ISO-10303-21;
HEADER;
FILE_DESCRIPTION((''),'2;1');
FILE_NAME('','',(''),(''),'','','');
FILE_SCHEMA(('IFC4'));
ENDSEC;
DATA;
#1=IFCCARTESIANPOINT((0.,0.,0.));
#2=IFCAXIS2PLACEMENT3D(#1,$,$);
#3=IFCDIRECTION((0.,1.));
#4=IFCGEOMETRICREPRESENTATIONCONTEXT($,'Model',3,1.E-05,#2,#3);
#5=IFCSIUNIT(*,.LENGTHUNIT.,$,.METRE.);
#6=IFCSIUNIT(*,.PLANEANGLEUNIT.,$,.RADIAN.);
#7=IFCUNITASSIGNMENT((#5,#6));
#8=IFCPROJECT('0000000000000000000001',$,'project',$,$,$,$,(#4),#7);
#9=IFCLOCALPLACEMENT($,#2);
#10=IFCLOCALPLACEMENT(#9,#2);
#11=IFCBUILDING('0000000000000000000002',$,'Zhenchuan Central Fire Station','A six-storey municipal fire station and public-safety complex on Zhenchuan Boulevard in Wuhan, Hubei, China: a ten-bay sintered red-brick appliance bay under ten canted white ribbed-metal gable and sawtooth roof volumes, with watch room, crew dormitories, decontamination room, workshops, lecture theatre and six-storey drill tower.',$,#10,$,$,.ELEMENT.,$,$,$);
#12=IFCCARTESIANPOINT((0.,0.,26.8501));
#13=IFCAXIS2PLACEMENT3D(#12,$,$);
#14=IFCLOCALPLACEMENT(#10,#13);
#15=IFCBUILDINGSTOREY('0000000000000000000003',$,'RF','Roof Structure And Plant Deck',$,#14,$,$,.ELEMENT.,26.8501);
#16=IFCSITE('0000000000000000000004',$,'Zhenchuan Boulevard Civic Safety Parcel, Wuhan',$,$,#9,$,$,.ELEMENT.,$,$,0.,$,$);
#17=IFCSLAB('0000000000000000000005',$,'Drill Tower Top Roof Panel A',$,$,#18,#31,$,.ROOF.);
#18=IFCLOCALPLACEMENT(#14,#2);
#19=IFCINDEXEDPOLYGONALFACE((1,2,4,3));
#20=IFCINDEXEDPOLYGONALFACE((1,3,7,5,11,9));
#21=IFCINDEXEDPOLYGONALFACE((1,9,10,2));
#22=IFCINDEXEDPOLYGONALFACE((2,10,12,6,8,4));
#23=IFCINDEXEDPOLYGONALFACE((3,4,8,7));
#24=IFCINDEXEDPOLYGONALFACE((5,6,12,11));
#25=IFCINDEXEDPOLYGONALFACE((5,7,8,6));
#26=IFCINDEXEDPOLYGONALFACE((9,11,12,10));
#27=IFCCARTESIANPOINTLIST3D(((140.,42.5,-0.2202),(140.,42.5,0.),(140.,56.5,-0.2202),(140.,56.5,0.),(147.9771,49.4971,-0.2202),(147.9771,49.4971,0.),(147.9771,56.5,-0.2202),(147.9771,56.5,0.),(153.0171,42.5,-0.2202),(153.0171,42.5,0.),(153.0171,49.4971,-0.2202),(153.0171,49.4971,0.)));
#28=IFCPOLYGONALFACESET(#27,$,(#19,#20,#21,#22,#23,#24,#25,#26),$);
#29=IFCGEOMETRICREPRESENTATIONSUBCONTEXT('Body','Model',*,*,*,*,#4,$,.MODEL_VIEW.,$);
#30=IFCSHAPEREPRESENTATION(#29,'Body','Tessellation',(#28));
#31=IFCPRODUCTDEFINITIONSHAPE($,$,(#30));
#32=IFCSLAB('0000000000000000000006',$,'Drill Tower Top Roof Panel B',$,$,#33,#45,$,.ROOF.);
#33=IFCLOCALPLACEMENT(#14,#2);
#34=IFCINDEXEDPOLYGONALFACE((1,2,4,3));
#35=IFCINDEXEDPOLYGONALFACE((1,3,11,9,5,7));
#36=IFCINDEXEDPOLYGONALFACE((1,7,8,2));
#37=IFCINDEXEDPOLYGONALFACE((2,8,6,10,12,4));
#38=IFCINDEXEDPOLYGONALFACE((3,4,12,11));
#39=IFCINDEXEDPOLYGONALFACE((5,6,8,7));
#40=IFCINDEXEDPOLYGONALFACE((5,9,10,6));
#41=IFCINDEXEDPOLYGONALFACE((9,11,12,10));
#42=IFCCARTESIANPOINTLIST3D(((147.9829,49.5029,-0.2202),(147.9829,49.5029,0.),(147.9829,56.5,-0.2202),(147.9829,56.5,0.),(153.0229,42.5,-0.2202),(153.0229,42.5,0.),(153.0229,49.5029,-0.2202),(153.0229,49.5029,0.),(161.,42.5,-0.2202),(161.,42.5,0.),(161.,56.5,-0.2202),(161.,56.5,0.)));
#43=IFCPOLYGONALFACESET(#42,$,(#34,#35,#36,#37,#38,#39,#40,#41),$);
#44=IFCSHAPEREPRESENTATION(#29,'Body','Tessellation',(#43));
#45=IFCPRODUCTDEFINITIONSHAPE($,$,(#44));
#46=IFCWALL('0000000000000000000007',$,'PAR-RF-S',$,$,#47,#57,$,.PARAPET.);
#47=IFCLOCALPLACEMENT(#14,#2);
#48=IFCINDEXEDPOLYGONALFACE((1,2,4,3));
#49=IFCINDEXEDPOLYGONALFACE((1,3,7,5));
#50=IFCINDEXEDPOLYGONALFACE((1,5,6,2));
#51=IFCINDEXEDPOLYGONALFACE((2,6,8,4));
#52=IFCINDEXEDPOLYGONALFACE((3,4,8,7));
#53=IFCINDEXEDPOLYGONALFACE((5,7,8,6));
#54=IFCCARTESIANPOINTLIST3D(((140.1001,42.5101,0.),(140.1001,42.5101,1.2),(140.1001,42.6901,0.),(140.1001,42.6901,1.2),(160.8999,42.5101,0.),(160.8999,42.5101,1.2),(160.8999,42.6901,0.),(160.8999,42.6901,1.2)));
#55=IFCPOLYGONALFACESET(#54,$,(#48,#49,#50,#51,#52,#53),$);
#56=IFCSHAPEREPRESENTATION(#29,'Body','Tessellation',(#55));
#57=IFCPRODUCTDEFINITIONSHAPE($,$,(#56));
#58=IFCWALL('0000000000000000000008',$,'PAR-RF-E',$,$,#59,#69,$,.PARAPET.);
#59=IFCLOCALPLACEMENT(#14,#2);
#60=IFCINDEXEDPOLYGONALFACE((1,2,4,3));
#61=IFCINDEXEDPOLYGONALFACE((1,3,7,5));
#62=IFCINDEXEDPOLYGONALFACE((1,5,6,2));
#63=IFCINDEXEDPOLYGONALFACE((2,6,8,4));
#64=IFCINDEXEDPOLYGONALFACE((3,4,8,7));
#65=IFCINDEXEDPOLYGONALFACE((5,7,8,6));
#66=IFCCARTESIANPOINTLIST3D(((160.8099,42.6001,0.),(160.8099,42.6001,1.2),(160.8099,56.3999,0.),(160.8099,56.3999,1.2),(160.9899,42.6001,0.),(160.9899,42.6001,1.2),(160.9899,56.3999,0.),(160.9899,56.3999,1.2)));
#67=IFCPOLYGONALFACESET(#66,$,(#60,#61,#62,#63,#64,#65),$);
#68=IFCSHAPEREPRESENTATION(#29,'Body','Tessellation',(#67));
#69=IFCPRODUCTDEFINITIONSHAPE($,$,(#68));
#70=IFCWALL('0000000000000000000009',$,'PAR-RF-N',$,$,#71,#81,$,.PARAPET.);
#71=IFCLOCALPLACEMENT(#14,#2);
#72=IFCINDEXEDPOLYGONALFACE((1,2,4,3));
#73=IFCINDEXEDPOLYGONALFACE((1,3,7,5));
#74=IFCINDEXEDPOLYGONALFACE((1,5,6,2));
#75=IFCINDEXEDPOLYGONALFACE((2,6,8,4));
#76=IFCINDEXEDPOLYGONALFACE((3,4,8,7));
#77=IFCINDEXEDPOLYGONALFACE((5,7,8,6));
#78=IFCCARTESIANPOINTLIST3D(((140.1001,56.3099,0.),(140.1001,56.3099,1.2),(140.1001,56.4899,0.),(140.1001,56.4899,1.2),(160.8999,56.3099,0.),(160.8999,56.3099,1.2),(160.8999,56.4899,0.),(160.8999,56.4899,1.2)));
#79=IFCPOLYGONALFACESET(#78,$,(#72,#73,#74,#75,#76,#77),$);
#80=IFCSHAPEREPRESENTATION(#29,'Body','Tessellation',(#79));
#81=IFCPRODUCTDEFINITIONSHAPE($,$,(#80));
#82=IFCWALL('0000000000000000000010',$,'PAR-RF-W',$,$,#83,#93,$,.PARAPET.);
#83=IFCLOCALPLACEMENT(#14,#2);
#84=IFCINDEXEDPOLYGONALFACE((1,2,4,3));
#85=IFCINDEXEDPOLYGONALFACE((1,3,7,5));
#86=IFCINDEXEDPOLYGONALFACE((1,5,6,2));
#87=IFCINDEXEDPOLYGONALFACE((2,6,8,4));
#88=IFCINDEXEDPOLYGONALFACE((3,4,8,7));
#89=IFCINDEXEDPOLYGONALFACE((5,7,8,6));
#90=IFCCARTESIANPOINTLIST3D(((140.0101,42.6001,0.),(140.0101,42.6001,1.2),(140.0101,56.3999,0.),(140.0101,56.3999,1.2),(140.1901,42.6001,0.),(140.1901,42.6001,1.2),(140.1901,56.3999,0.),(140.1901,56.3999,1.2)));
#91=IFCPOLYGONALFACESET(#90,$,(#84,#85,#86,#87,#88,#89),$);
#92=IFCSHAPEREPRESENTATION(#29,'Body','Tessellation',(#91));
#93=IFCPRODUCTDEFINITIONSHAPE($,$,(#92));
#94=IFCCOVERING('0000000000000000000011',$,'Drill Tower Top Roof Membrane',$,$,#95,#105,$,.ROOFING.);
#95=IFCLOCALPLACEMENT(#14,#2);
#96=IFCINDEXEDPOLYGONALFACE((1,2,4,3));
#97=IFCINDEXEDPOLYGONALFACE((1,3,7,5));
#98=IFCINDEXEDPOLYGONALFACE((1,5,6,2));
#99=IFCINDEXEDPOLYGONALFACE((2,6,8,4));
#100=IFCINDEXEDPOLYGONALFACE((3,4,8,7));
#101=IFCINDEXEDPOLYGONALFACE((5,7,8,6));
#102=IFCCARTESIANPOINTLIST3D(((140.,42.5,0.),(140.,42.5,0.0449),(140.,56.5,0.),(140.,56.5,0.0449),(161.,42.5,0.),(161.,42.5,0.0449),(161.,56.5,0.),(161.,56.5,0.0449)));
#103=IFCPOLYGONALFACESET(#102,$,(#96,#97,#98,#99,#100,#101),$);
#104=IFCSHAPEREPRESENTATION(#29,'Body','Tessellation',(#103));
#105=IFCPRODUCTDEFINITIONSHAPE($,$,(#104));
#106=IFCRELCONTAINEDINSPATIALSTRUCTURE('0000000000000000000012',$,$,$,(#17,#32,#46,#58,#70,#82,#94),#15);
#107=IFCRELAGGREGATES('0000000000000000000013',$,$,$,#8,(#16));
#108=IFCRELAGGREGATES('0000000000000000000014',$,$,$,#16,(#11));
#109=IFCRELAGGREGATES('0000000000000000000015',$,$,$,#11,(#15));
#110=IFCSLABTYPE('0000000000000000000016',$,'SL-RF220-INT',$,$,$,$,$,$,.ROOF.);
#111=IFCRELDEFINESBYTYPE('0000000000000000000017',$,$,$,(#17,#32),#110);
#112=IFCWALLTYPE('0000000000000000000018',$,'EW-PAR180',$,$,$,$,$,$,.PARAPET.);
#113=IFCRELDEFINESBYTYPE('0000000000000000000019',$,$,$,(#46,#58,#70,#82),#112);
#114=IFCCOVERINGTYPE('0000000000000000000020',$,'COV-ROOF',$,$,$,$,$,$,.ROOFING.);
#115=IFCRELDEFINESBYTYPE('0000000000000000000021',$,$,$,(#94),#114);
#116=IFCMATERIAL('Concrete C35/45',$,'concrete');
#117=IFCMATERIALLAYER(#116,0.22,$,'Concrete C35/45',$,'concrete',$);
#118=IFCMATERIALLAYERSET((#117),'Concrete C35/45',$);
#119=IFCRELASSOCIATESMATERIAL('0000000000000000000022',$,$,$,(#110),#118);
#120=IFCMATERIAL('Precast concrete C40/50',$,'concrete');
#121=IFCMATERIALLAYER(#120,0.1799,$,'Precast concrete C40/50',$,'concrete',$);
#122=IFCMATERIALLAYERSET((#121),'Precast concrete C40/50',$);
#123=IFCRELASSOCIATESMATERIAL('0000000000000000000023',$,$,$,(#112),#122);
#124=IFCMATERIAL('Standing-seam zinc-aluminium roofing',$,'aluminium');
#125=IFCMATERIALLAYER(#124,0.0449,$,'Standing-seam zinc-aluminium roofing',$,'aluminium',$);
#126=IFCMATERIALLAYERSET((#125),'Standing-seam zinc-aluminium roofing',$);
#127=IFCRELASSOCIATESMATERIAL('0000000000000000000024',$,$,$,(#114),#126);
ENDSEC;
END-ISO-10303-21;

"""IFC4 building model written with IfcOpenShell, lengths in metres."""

from ifc_helpers import new_model, si_unit, direction, frame, frame_2d, origin, place, context, subcontext, project, spatial, polyline, rectangle, outline, extrude, material, layer, layer_set, type_object, element, save


model = new_model("IFC4")

# Units and contexts
model_context = context("Model", 3, precision=1e-05, world=origin(), true_north=direction((0.0, 1.0)))
body_context = subcontext(model_context, "Body", "Model", "MODEL_VIEW")
ifc_project = project(units=[si_unit("LENGTHUNIT", "METRE"), si_unit("PLANEANGLEUNIT", "RADIAN")], contexts=[model_context])

# Site, building, storey
site_placement = place(None, origin())
site = spatial("IfcSite", under=ifc_project, at=site_placement, Name="Zhenchuan Boulevard Civic Safety Parcel, Wuhan", CompositionType="ELEMENT", RefElevation=0.0)
building_placement = place(site_placement, origin())
building = spatial("IfcBuilding", under=site, at=building_placement, Name="Zhenchuan Central Fire Station", Description="A six-storey municipal fire station and public-safety complex on Zhenchuan Boulevard in Wuhan, Hubei, China: a ten-bay sintered red-brick appliance bay under ten canted white ribbed-metal gable and sawtooth roof volumes, with watch room, crew dormitories, decontamination room, workshops, lecture theatre and six-storey drill tower.", CompositionType="ELEMENT")
storey_placement = place(building_placement, frame((0.0, 0.0, 26.8501)))
storey = spatial("IfcBuildingStorey", under=building, at=storey_placement, Name="RF", Description="Roof Structure And Plant Deck", CompositionType="ELEMENT", Elevation=26.8501)

# Slabs
ifc_material_1 = material(Name="Concrete C35/45", Category="concrete")
ifc_layer_1 = layer(ifc_material_1, 0.22, Name="Concrete C35/45", Category="concrete")
ifc_layer_set_1 = layer_set([ifc_layer_1], Name="Concrete C35/45")
slab_type = type_object("IfcSlabType", Name="SL-RF220-INT", PredefinedType="ROOF", material=ifc_layer_set_1)
slab_1_placement = place(storey_placement, frame((0.0, 0.0, -0.2202)))
element("IfcSlab", 1, at=slab_1_placement, inside=storey, type_object=slab_type, Name="Drill Tower Top Roof Panel A", PredefinedType="ROOF", context=body_context, shape_type="SweptSolid", body=[
    extrude(outline(polyline([(140.0, 42.5), (153.0171, 42.5), (153.0171, 49.4971), (147.9771, 49.4971), (147.9771, 56.5), (140.0, 56.5), (140.0, 42.5)])), origin(), (0.0, 0.0, 1.0), 0.2202),
])
slab_2_placement = place(storey_placement, frame((0.0, 0.0, -0.2202)))
element("IfcSlab", 2, at=slab_2_placement, inside=storey, type_object=slab_type, Name="Drill Tower Top Roof Panel B", PredefinedType="ROOF", context=body_context, shape_type="SweptSolid", body=[
    extrude(outline(polyline([(153.0229, 42.5), (161.0, 42.5), (161.0, 56.5), (147.9829, 56.5), (147.9829, 49.5029), (153.0229, 49.5029), (153.0229, 42.5)])), origin(), (0.0, 0.0, 1.0), 0.2202),
])

# Walls
ifc_material_2 = material(Name="Precast concrete C40/50", Category="concrete")
ifc_layer_2 = layer(ifc_material_2, 0.1799, Name="Precast concrete C40/50", Category="concrete")
ifc_layer_set_2 = layer_set([ifc_layer_2], Name="Precast concrete C40/50")
wall_type = type_object("IfcWallType", Name="EW-PAR180", PredefinedType="PARAPET", material=ifc_layer_set_2)
wall_1_placement = place(storey_placement, frame((140.1001, 42.6001, 0.0), z_axis=(0.0, 0.0, 1.0), x_axis=(1.0, 0.0, 0.0)))
element("IfcWall", 3, at=wall_1_placement, inside=storey, type_object=wall_type, Name="PAR-RF-S", PredefinedType="PARAPET", context=body_context, shape_type="SweptSolid", body=[
    extrude(rectangle(XDim=20.7998, YDim=0.1799, at=frame_2d((10.3999, 0.0))), origin(), (0.0, 0.0, 1.0), 1.2),
])
wall_2_placement = place(storey_placement, frame((160.8999, 42.6001, 0.0), z_axis=(0.0, 0.0, 1.0), x_axis=(0.0, 1.0, 0.0)))
element("IfcWall", 4, at=wall_2_placement, inside=storey, type_object=wall_type, Name="PAR-RF-E", PredefinedType="PARAPET", context=body_context, shape_type="SweptSolid", body=[
    extrude(rectangle(XDim=13.7998, YDim=0.1799, at=frame_2d((6.8999, 0.0))), origin(), (0.0, 0.0, 1.0), 1.2),
])
wall_3_placement = place(storey_placement, frame((140.1001, 56.3999, 0.0), z_axis=(0.0, 0.0, 1.0), x_axis=(1.0, 0.0, 0.0)))
element("IfcWall", 5, at=wall_3_placement, inside=storey, type_object=wall_type, Name="PAR-RF-N", PredefinedType="PARAPET", context=body_context, shape_type="SweptSolid", body=[
    extrude(rectangle(XDim=20.7998, YDim=0.1799, at=frame_2d((10.3999, 0.0))), origin(), (0.0, 0.0, 1.0), 1.2),
])
wall_4_placement = place(storey_placement, frame((140.1001, 42.6001, 0.0), z_axis=(0.0, 0.0, 1.0), x_axis=(0.0, 1.0, 0.0)))
element("IfcWall", 6, at=wall_4_placement, inside=storey, type_object=wall_type, Name="PAR-RF-W", PredefinedType="PARAPET", context=body_context, shape_type="SweptSolid", body=[
    extrude(rectangle(XDim=13.7998, YDim=0.1799, at=frame_2d((6.8999, 0.0))), origin(), (0.0, 0.0, 1.0), 1.2),
])

# Covering
ifc_material_3 = material(Name="Standing-seam zinc-aluminium roofing", Category="aluminium")
ifc_layer_3 = layer(ifc_material_3, 0.0449, Name="Standing-seam zinc-aluminium roofing", Category="aluminium")
ifc_layer_set_3 = layer_set([ifc_layer_3], Name="Standing-seam zinc-aluminium roofing")
covering_type = type_object("IfcCoveringType", Name="COV-ROOF", PredefinedType="ROOFING", material=ifc_layer_set_3)
covering_placement = place(storey_placement, origin())
element("IfcCovering", 7, at=covering_placement, inside=storey, type_object=covering_type, Name="Drill Tower Top Roof Membrane", PredefinedType="ROOFING", context=body_context, shape_type="SweptSolid", body=[
    extrude(outline(polyline([(140.0, 42.5), (161.0, 42.5), (161.0, 56.5), (140.0, 56.5), (140.0, 42.5)])), origin(), (0.0, 0.0, 1.0), 0.0449),
])

save(model, "model.ifc")
